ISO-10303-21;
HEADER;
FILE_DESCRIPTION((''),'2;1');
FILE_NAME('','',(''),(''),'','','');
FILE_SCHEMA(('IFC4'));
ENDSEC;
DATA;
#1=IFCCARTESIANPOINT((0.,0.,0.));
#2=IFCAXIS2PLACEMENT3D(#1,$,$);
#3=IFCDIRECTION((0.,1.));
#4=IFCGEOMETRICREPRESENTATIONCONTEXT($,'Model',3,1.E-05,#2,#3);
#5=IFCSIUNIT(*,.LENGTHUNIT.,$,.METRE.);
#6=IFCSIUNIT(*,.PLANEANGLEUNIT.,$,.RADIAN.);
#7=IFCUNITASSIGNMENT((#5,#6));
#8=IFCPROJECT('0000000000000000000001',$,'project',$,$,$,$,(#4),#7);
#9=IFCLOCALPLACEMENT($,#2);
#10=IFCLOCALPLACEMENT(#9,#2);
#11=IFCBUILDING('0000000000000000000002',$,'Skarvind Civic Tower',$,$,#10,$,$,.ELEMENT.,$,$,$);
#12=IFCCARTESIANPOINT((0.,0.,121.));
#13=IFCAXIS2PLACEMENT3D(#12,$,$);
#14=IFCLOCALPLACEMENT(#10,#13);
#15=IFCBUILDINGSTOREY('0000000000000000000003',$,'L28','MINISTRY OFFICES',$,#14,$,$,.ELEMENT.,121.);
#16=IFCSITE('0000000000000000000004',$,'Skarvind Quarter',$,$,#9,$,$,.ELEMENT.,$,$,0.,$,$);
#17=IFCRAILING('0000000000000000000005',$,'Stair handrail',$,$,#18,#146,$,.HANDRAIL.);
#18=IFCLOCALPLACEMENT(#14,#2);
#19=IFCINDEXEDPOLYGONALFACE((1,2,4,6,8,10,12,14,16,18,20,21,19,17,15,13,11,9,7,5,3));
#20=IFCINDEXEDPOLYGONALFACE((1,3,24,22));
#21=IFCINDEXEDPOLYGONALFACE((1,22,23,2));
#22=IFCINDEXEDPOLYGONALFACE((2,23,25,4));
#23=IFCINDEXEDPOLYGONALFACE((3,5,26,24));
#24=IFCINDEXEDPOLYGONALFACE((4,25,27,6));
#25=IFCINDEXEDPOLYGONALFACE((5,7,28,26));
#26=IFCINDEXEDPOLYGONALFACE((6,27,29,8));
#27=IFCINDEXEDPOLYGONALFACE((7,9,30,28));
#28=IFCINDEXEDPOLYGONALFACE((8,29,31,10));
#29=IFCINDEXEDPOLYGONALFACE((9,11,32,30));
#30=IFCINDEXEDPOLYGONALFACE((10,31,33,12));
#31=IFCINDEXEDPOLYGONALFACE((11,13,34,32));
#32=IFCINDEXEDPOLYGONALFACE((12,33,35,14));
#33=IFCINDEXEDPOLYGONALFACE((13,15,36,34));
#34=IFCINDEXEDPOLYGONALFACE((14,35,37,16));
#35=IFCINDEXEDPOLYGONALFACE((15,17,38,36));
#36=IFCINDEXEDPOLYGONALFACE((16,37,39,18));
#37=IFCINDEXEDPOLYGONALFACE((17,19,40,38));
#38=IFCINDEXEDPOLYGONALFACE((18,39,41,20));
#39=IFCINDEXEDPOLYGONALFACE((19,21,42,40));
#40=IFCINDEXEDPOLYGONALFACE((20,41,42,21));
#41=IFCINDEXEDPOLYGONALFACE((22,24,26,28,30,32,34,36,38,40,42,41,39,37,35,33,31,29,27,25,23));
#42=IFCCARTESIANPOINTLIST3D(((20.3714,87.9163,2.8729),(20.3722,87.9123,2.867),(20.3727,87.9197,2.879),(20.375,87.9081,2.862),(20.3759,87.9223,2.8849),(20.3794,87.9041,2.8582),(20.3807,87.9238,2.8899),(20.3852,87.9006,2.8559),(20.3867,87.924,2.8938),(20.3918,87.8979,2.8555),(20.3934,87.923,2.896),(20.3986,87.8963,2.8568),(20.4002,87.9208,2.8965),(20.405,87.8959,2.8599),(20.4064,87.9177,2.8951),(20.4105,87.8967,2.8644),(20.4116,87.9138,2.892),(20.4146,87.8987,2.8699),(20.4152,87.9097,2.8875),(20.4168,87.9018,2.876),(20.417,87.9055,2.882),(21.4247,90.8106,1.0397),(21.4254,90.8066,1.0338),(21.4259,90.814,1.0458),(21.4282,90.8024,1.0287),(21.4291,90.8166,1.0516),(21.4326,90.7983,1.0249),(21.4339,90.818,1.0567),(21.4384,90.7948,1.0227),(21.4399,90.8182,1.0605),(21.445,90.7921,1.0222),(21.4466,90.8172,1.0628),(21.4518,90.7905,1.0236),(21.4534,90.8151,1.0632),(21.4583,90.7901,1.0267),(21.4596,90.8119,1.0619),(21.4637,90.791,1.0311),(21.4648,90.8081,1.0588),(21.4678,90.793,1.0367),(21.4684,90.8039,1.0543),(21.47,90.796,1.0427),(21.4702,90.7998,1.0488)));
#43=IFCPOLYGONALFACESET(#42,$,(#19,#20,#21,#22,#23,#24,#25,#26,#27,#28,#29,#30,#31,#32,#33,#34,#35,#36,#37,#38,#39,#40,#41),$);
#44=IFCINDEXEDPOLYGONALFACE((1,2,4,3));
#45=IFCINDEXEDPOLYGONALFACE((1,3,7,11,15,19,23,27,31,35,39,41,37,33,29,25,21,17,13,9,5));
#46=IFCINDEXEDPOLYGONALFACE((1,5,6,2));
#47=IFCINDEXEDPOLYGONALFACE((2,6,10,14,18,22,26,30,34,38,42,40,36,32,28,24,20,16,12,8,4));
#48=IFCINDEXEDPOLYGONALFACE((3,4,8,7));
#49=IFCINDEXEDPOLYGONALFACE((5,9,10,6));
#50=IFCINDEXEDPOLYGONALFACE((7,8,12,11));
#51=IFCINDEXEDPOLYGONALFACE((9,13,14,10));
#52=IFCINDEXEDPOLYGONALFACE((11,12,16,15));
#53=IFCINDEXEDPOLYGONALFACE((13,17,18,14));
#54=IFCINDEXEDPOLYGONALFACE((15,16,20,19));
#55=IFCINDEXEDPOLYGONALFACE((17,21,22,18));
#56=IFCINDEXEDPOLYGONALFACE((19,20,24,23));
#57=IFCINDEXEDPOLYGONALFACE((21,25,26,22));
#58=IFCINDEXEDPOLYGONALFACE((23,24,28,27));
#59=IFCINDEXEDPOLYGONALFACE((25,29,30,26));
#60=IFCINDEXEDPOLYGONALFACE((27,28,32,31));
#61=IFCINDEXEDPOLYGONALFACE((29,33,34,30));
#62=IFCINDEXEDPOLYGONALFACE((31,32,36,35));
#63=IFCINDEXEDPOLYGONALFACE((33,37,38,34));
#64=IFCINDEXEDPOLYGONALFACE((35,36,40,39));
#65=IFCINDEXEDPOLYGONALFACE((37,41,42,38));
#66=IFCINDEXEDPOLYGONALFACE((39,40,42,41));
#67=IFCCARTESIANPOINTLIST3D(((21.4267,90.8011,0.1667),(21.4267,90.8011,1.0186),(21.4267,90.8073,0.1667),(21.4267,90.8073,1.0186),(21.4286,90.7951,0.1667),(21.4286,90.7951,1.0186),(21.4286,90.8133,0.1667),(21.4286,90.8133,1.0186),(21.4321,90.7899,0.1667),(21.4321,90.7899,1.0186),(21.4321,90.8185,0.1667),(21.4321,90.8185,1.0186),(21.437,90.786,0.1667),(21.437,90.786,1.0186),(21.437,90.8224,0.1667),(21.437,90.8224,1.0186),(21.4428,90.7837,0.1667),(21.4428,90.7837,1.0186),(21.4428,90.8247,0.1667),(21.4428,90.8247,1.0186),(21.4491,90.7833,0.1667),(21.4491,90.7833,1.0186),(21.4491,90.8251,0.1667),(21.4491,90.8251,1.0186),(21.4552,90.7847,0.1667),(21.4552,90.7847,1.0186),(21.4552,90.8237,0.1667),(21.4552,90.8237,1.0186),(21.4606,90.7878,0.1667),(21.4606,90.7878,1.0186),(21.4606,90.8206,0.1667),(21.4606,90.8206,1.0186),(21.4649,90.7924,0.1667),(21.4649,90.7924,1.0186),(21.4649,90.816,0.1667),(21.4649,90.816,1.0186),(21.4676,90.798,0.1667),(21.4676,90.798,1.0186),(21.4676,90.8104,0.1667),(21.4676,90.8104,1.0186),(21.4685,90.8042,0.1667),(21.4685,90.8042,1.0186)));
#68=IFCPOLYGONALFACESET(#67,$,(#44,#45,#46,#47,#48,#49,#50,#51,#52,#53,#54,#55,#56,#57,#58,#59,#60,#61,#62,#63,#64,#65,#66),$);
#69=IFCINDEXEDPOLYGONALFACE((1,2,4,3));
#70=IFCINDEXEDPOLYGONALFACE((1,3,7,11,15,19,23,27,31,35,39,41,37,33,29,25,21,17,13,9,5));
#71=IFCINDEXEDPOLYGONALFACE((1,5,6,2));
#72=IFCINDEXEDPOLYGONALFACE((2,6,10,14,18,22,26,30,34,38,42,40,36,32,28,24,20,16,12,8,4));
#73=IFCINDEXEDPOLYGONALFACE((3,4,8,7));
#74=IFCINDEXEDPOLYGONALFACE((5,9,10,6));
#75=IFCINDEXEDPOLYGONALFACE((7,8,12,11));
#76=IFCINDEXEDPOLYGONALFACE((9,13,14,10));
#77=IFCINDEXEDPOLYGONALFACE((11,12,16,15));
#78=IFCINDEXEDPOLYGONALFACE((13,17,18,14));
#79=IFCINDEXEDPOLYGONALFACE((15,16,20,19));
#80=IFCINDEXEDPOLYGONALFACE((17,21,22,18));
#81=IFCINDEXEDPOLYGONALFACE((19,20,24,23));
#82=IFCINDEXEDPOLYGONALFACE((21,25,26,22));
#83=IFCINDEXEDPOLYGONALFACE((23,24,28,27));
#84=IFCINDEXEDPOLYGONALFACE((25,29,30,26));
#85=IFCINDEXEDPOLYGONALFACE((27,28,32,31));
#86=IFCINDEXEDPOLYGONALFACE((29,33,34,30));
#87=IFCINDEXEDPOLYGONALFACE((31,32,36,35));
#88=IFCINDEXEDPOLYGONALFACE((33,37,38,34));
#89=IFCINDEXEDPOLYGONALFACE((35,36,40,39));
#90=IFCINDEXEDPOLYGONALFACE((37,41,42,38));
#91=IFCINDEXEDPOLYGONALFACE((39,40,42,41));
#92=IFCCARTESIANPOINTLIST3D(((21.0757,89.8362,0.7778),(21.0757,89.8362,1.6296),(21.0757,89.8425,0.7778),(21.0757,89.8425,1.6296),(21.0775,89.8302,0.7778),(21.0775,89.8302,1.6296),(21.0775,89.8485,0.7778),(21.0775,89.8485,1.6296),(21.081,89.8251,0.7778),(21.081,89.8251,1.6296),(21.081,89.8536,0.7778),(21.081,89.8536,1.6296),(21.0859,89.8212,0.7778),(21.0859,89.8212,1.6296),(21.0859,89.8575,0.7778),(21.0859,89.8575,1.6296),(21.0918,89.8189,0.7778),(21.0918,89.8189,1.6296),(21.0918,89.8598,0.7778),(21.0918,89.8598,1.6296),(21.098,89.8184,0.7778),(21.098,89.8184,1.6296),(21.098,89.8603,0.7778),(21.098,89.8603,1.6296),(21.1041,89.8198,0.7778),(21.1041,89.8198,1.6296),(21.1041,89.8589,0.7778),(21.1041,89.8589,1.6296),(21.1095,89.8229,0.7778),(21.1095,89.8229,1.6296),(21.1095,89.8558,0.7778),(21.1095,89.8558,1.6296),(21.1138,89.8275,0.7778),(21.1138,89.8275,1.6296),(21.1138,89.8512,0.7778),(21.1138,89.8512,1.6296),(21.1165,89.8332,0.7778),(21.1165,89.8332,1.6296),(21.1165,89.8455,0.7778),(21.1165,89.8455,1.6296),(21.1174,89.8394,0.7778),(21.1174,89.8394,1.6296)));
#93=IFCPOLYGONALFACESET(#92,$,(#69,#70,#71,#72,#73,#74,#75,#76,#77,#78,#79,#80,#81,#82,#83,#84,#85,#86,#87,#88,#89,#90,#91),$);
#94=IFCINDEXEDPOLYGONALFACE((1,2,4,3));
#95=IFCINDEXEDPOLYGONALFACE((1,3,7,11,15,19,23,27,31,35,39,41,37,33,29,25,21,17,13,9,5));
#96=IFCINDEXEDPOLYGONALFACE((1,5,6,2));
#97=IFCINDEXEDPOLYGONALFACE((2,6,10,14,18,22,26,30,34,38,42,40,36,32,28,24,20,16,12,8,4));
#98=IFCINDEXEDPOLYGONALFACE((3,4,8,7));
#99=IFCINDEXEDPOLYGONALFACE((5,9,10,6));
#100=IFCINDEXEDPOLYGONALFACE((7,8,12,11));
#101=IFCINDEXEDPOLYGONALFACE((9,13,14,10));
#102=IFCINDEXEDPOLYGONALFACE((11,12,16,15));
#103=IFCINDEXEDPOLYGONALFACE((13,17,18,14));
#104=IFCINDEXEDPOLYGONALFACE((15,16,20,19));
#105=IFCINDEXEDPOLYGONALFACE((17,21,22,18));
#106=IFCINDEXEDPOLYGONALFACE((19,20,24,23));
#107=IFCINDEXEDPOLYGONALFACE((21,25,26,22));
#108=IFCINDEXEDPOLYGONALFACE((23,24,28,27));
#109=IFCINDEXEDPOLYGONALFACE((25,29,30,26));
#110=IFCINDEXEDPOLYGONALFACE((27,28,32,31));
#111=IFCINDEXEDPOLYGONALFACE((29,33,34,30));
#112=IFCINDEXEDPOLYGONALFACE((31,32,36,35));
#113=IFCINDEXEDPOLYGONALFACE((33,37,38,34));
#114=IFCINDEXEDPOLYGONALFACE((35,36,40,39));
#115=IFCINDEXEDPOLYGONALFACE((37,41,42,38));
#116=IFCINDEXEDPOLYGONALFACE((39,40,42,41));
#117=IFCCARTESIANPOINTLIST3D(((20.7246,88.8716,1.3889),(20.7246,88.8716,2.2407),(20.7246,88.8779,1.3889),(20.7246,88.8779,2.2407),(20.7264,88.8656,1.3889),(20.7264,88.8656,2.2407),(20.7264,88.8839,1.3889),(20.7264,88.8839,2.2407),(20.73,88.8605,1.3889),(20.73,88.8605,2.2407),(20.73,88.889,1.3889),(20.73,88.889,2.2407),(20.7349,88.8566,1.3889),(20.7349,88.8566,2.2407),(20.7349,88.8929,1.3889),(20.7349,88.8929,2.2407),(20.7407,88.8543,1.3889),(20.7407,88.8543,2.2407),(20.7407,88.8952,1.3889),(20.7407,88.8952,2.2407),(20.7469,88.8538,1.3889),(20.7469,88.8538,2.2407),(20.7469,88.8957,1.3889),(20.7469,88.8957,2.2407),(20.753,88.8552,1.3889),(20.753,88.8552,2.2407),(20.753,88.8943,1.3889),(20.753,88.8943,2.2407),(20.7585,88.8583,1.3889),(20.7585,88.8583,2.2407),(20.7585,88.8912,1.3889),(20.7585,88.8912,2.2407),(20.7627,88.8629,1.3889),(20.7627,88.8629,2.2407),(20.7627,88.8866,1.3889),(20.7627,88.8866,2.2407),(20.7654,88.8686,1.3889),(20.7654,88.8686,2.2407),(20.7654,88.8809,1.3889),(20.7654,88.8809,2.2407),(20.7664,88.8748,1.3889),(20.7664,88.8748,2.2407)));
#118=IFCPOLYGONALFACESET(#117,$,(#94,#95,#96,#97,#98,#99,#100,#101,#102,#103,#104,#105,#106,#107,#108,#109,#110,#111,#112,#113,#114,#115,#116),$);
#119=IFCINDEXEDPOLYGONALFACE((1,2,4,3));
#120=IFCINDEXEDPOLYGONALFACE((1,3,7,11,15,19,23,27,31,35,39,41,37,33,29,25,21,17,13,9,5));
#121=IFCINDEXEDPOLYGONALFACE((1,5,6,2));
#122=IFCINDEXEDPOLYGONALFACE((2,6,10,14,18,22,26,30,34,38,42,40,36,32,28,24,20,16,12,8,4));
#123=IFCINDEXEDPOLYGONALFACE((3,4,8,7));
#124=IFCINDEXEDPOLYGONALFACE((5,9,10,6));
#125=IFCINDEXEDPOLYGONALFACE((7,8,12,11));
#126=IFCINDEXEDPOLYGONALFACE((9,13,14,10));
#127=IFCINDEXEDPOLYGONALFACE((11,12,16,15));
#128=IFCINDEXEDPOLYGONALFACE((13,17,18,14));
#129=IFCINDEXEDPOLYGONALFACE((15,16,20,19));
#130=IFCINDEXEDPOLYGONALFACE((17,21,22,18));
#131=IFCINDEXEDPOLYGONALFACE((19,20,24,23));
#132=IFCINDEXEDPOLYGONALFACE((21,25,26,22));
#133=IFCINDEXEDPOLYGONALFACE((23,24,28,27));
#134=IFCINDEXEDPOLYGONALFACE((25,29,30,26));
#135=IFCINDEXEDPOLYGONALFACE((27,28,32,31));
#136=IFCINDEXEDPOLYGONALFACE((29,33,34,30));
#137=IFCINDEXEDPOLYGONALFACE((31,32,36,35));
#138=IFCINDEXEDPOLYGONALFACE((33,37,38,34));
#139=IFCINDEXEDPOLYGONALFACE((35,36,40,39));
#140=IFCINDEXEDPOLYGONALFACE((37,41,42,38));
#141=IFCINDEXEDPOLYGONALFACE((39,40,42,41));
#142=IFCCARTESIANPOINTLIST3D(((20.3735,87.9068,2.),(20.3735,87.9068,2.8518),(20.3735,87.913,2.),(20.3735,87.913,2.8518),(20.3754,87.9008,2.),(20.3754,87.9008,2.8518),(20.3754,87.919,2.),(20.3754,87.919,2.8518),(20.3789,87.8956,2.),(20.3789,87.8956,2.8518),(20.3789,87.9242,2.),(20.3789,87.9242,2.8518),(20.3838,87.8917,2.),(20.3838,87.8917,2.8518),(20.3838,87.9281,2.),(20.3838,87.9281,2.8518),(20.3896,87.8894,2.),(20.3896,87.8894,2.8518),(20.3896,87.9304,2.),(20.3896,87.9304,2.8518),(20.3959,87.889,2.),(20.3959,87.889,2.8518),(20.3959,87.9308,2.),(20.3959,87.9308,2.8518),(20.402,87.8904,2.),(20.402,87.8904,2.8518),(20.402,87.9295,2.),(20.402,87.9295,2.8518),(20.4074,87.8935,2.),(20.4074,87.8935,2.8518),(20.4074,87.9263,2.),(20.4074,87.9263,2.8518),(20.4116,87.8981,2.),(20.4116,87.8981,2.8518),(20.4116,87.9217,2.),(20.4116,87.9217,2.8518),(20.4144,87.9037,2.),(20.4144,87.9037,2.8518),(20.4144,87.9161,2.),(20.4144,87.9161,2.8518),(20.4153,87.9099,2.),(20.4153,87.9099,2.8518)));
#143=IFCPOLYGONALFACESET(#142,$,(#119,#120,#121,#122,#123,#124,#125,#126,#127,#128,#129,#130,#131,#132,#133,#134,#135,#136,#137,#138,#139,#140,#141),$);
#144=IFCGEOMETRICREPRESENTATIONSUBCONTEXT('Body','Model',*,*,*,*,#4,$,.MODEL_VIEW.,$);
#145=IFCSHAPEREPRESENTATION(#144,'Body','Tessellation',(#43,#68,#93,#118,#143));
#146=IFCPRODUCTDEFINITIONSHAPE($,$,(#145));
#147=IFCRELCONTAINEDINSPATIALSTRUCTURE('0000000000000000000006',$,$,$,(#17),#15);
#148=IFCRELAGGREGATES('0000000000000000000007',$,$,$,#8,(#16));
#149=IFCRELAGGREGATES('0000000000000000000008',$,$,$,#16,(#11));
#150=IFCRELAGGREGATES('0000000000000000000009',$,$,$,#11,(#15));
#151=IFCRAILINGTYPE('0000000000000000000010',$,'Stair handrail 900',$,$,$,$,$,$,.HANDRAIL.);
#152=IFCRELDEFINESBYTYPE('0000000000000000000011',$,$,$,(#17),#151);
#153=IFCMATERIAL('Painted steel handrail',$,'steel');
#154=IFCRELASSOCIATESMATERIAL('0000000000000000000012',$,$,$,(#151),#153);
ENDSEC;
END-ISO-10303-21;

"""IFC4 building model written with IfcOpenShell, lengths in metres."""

from ifc_helpers import new_model, si_unit, direction, frame, origin, origin_2d, place, context, subcontext, project, spatial, circle, extrude, material, type_object, element, save


model = new_model("IFC4")

# Units and contexts
model_context = context("Model", 3, precision=1e-05, world=origin(), true_north=direction((0.0, 1.0)))
body_context = subcontext(model_context, "Body", "Model", "MODEL_VIEW")
ifc_project = project(units=[si_unit("LENGTHUNIT", "METRE"), si_unit("PLANEANGLEUNIT", "RADIAN")], contexts=[model_context])

# Site, building, storey
site_placement = place(None, origin())
site = spatial("IfcSite", under=ifc_project, at=site_placement, Name="Skarvind Quarter", CompositionType="ELEMENT", RefElevation=0.0)
building_placement = place(site_placement, origin())
building = spatial("IfcBuilding", under=site, at=building_placement, Name="Skarvind Civic Tower", CompositionType="ELEMENT")
storey_placement = place(building_placement, frame((0.0, 0.0, 121.0)))
storey = spatial("IfcBuildingStorey", under=building, at=storey_placement, Name="L28", Description="MINISTRY OFFICES", CompositionType="ELEMENT", Elevation=121.0)

# Railing
ifc_material_1 = material(Name="Painted steel handrail", Category="steel")
railing_type = type_object("IfcRailingType", Name="Stair handrail 900", PredefinedType="HANDRAIL", material=ifc_material_1)
railing_1_placement = place(storey_placement, frame((21.4475, 90.8042, 0.1667)))
element("IfcRailing", 1, at=railing_1_placement, inside=storey, type_object=railing_type, Name="Stair handrail", PredefinedType="HANDRAIL", context=body_context, shape_type="SweptSolid", body=[
    extrude(circle(Radius=0.0239, at=origin_2d()), frame((0.0, 0.0, 0.876), z_axis=(-0.293846, -0.807497, 0.511472), x_axis=(0.939715, -0.341959, 0.0)), (0.0, 0.0, 1.0), 3.5842),
    extrude(circle(Radius=0.021, at=origin_2d()), origin(), (0.0, 0.0, 1.0), 0.8518),
    extrude(circle(Radius=0.021, at=origin_2d()), frame((-0.3511, -0.9648, 0.6111)), (0.0, 0.0, 1.0), 0.8518),
    extrude(circle(Radius=0.021, at=origin_2d()), frame((-0.7021, -1.9294, 1.2222)), (0.0, 0.0, 1.0), 0.8518),
    extrude(circle(Radius=0.021, at=origin_2d()), frame((-1.0532, -2.8943, 1.8333)), (0.0, 0.0, 1.0), 0.8518),
])

save(model, "model.ifc")
